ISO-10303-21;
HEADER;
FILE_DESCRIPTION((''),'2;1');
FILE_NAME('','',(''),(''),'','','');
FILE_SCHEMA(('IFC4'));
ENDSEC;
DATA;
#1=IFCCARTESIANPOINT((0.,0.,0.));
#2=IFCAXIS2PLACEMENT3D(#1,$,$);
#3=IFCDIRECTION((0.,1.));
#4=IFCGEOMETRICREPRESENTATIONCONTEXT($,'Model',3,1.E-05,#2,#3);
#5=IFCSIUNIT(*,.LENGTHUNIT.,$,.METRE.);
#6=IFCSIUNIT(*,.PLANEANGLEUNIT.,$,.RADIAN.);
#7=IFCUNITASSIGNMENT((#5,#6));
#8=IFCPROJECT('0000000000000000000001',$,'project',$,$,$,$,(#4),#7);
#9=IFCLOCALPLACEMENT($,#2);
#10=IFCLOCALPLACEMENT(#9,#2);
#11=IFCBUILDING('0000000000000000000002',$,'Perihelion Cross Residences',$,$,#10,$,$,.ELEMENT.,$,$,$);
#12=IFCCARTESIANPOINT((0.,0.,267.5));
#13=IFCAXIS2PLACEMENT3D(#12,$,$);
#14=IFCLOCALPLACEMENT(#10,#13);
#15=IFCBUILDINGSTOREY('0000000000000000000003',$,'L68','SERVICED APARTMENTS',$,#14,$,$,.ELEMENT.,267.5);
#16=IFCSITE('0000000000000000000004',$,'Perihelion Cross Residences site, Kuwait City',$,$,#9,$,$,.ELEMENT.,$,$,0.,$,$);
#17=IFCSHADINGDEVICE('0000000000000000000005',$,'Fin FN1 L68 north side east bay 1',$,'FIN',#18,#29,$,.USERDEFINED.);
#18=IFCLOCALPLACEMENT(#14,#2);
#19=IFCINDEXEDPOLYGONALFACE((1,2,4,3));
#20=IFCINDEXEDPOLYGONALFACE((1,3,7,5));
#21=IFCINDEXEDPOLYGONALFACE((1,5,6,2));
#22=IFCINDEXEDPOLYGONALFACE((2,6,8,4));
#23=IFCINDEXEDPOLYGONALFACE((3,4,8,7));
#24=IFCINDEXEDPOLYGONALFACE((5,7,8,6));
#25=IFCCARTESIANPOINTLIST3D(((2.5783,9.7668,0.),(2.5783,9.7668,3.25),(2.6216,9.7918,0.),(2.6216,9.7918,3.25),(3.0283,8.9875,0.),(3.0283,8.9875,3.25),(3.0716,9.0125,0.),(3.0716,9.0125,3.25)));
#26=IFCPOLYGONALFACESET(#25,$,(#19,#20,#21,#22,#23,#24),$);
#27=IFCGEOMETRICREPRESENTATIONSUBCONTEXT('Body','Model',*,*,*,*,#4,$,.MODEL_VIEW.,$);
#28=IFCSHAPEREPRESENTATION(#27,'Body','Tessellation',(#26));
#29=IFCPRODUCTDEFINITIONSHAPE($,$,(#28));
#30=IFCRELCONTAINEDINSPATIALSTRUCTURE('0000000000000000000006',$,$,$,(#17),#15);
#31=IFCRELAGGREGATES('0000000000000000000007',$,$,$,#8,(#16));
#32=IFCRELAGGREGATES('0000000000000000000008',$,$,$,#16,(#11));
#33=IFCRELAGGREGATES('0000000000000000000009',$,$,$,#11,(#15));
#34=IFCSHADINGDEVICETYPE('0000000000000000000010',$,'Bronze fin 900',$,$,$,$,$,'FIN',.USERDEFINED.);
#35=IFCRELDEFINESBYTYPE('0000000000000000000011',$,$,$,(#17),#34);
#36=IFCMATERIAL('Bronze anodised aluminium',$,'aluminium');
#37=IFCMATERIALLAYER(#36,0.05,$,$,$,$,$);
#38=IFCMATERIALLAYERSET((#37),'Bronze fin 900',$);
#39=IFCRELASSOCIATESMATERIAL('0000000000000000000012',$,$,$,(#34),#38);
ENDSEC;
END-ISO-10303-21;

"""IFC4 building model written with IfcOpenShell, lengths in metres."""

from ifc_helpers import new_model, si_unit, direction, frame, origin, origin_2d, place, context, subcontext, project, spatial, rectangle, extrude, material, layer, layer_set, type_object, element, save


model = new_model("IFC4")

# Units and contexts
model_context = context("Model", 3, precision=1e-05, world=origin(), true_north=direction((0.0, 1.0)))
body_context = subcontext(model_context, "Body", "Model", "MODEL_VIEW")
ifc_project = project(units=[si_unit("LENGTHUNIT", "METRE"), si_unit("PLANEANGLEUNIT", "RADIAN")], contexts=[model_context])

# Site, building, storey
site_placement = place(None, origin())
site = spatial("IfcSite", under=ifc_project, at=site_placement, Name="Perihelion Cross Residences site, Kuwait City", CompositionType="ELEMENT", RefElevation=0.0)
building_placement = place(site_placement, origin())
building = spatial("IfcBuilding", under=site, at=building_placement, Name="Perihelion Cross Residences", CompositionType="ELEMENT")
storey_placement = place(building_placement, frame((0.0, 0.0, 267.5)))
storey = spatial("IfcBuildingStorey", under=building, at=storey_placement, Name="L68", Description="SERVICED APARTMENTS", CompositionType="ELEMENT", Elevation=267.5)

# Shading device
ifc_material_1 = material(Name="Bronze anodised aluminium", Category="aluminium")
ifc_layer_1 = layer(ifc_material_1, 0.05)
ifc_layer_set_1 = layer_set([ifc_layer_1], Name="Bronze fin 900")
shading_device_type = type_object("IfcShadingDeviceType", Name="Bronze fin 900", ElementType="FIN", PredefinedType="USERDEFINED", material=ifc_layer_set_1)
shading_device_placement = place(storey_placement, frame((2.825, 9.3896, 0.0), z_axis=(0.0, 0.0, 1.0), x_axis=(-0.5, 0.866025, 0.0)))
element("IfcShadingDevice", 1, at=shading_device_placement, inside=storey, type_object=shading_device_type, Name="Fin FN1 L68 north side east bay 1", ObjectType="FIN", PredefinedType="USERDEFINED", context=body_context, shape_type="SweptSolid", body=[
    extrude(rectangle(XDim=0.8999, YDim=0.05, at=origin_2d()), origin(), (0.0, 0.0, 1.0), 3.25),
])

save(model, "model.ifc")
